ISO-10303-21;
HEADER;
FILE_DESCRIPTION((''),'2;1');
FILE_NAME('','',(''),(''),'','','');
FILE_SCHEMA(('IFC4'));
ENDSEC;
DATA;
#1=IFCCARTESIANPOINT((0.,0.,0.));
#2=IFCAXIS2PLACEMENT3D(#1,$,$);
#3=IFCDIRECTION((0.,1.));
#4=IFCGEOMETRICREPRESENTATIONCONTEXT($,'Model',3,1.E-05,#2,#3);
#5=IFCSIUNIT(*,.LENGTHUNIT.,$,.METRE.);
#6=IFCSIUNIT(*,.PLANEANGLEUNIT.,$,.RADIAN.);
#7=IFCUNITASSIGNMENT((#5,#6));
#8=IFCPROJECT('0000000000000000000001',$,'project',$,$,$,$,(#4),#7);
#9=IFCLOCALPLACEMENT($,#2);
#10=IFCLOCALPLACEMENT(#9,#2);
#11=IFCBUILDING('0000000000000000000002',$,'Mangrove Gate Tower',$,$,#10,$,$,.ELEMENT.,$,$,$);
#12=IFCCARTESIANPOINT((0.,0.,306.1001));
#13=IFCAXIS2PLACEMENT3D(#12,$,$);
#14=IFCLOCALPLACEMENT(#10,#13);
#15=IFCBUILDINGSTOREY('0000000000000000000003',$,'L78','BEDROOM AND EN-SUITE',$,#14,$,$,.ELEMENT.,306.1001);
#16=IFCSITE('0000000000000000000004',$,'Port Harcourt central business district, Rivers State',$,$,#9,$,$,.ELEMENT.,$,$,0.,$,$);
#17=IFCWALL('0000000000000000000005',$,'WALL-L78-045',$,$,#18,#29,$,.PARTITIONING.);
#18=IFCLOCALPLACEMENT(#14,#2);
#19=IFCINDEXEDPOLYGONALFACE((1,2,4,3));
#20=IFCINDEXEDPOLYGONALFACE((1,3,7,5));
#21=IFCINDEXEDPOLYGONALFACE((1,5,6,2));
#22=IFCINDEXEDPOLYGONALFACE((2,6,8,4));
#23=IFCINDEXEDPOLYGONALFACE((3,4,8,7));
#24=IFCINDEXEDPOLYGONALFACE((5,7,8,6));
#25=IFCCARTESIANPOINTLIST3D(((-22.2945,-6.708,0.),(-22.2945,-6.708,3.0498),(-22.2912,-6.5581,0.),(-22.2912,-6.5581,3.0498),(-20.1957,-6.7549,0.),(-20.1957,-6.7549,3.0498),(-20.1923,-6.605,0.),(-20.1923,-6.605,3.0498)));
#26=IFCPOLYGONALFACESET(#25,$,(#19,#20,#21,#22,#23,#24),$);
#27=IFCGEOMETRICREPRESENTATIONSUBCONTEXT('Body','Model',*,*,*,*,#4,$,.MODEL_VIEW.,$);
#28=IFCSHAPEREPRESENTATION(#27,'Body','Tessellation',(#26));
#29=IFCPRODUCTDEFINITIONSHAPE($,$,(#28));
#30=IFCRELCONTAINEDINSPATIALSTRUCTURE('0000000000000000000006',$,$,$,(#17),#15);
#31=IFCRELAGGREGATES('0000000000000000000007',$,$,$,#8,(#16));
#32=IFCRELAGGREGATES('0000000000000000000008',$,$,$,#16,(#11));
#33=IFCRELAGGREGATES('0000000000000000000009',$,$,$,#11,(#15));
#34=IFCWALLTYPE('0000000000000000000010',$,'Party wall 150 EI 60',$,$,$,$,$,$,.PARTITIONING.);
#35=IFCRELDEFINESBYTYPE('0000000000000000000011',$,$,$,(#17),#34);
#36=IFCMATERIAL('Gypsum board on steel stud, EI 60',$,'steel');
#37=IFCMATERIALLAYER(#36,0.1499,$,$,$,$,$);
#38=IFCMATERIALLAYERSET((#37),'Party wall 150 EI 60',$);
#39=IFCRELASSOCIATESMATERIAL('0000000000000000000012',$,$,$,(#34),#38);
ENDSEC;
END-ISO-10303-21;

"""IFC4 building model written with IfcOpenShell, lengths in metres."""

from ifc_helpers import new_model, si_unit, direction, frame, frame_2d, origin, place, context, subcontext, project, spatial, rectangle, extrude, material, layer, layer_set, type_object, element, save


model = new_model("IFC4")

# Units and contexts
model_context = context("Model", 3, precision=1e-05, world=origin(), true_north=direction((0.0, 1.0)))
body_context = subcontext(model_context, "Body", "Model", "MODEL_VIEW")
ifc_project = project(units=[si_unit("LENGTHUNIT", "METRE"), si_unit("PLANEANGLEUNIT", "RADIAN")], contexts=[model_context])

# Site, building, storey
site_placement = place(None, origin())
site = spatial("IfcSite", under=ifc_project, at=site_placement, Name="Port Harcourt central business district, Rivers State", CompositionType="ELEMENT", RefElevation=0.0)
building_placement = place(site_placement, origin())
building = spatial("IfcBuilding", under=site, at=building_placement, Name="Mangrove Gate Tower", CompositionType="ELEMENT")
storey_placement = place(building_placement, frame((0.0, 0.0, 306.1001)))
storey = spatial("IfcBuildingStorey", under=building, at=storey_placement, Name="L78", Description="BEDROOM AND EN-SUITE", CompositionType="ELEMENT", Elevation=306.1001)

# Wall
ifc_material_1 = material(Name="Gypsum board on steel stud, EI 60", Category="steel")
ifc_layer_1 = layer(ifc_material_1, 0.1499)
ifc_layer_set_1 = layer_set([ifc_layer_1], Name="Party wall 150 EI 60")
wall_type_1 = type_object("IfcWallType", Name="Party wall 150 EI 60", PredefinedType="PARTITIONING", material=ifc_layer_set_1)
wall_1_placement = place(storey_placement, frame((-22.293, -6.6331, 0.0), z_axis=(0.0, 0.0, 1.0), x_axis=(0.999751, -0.022328, 0.0)))
element("IfcWall", 1, at=wall_1_placement, inside=storey, type_object=wall_type_1, Name="WALL-L78-045", PredefinedType="PARTITIONING", context=body_context, shape_type="SweptSolid", body=[
    extrude(rectangle(XDim=2.0994, YDim=0.1499, at=frame_2d((1.0498, 0.0))), origin(), (0.0, 0.0, 1.0), 3.0498),
])

save(model, "model.ifc")
